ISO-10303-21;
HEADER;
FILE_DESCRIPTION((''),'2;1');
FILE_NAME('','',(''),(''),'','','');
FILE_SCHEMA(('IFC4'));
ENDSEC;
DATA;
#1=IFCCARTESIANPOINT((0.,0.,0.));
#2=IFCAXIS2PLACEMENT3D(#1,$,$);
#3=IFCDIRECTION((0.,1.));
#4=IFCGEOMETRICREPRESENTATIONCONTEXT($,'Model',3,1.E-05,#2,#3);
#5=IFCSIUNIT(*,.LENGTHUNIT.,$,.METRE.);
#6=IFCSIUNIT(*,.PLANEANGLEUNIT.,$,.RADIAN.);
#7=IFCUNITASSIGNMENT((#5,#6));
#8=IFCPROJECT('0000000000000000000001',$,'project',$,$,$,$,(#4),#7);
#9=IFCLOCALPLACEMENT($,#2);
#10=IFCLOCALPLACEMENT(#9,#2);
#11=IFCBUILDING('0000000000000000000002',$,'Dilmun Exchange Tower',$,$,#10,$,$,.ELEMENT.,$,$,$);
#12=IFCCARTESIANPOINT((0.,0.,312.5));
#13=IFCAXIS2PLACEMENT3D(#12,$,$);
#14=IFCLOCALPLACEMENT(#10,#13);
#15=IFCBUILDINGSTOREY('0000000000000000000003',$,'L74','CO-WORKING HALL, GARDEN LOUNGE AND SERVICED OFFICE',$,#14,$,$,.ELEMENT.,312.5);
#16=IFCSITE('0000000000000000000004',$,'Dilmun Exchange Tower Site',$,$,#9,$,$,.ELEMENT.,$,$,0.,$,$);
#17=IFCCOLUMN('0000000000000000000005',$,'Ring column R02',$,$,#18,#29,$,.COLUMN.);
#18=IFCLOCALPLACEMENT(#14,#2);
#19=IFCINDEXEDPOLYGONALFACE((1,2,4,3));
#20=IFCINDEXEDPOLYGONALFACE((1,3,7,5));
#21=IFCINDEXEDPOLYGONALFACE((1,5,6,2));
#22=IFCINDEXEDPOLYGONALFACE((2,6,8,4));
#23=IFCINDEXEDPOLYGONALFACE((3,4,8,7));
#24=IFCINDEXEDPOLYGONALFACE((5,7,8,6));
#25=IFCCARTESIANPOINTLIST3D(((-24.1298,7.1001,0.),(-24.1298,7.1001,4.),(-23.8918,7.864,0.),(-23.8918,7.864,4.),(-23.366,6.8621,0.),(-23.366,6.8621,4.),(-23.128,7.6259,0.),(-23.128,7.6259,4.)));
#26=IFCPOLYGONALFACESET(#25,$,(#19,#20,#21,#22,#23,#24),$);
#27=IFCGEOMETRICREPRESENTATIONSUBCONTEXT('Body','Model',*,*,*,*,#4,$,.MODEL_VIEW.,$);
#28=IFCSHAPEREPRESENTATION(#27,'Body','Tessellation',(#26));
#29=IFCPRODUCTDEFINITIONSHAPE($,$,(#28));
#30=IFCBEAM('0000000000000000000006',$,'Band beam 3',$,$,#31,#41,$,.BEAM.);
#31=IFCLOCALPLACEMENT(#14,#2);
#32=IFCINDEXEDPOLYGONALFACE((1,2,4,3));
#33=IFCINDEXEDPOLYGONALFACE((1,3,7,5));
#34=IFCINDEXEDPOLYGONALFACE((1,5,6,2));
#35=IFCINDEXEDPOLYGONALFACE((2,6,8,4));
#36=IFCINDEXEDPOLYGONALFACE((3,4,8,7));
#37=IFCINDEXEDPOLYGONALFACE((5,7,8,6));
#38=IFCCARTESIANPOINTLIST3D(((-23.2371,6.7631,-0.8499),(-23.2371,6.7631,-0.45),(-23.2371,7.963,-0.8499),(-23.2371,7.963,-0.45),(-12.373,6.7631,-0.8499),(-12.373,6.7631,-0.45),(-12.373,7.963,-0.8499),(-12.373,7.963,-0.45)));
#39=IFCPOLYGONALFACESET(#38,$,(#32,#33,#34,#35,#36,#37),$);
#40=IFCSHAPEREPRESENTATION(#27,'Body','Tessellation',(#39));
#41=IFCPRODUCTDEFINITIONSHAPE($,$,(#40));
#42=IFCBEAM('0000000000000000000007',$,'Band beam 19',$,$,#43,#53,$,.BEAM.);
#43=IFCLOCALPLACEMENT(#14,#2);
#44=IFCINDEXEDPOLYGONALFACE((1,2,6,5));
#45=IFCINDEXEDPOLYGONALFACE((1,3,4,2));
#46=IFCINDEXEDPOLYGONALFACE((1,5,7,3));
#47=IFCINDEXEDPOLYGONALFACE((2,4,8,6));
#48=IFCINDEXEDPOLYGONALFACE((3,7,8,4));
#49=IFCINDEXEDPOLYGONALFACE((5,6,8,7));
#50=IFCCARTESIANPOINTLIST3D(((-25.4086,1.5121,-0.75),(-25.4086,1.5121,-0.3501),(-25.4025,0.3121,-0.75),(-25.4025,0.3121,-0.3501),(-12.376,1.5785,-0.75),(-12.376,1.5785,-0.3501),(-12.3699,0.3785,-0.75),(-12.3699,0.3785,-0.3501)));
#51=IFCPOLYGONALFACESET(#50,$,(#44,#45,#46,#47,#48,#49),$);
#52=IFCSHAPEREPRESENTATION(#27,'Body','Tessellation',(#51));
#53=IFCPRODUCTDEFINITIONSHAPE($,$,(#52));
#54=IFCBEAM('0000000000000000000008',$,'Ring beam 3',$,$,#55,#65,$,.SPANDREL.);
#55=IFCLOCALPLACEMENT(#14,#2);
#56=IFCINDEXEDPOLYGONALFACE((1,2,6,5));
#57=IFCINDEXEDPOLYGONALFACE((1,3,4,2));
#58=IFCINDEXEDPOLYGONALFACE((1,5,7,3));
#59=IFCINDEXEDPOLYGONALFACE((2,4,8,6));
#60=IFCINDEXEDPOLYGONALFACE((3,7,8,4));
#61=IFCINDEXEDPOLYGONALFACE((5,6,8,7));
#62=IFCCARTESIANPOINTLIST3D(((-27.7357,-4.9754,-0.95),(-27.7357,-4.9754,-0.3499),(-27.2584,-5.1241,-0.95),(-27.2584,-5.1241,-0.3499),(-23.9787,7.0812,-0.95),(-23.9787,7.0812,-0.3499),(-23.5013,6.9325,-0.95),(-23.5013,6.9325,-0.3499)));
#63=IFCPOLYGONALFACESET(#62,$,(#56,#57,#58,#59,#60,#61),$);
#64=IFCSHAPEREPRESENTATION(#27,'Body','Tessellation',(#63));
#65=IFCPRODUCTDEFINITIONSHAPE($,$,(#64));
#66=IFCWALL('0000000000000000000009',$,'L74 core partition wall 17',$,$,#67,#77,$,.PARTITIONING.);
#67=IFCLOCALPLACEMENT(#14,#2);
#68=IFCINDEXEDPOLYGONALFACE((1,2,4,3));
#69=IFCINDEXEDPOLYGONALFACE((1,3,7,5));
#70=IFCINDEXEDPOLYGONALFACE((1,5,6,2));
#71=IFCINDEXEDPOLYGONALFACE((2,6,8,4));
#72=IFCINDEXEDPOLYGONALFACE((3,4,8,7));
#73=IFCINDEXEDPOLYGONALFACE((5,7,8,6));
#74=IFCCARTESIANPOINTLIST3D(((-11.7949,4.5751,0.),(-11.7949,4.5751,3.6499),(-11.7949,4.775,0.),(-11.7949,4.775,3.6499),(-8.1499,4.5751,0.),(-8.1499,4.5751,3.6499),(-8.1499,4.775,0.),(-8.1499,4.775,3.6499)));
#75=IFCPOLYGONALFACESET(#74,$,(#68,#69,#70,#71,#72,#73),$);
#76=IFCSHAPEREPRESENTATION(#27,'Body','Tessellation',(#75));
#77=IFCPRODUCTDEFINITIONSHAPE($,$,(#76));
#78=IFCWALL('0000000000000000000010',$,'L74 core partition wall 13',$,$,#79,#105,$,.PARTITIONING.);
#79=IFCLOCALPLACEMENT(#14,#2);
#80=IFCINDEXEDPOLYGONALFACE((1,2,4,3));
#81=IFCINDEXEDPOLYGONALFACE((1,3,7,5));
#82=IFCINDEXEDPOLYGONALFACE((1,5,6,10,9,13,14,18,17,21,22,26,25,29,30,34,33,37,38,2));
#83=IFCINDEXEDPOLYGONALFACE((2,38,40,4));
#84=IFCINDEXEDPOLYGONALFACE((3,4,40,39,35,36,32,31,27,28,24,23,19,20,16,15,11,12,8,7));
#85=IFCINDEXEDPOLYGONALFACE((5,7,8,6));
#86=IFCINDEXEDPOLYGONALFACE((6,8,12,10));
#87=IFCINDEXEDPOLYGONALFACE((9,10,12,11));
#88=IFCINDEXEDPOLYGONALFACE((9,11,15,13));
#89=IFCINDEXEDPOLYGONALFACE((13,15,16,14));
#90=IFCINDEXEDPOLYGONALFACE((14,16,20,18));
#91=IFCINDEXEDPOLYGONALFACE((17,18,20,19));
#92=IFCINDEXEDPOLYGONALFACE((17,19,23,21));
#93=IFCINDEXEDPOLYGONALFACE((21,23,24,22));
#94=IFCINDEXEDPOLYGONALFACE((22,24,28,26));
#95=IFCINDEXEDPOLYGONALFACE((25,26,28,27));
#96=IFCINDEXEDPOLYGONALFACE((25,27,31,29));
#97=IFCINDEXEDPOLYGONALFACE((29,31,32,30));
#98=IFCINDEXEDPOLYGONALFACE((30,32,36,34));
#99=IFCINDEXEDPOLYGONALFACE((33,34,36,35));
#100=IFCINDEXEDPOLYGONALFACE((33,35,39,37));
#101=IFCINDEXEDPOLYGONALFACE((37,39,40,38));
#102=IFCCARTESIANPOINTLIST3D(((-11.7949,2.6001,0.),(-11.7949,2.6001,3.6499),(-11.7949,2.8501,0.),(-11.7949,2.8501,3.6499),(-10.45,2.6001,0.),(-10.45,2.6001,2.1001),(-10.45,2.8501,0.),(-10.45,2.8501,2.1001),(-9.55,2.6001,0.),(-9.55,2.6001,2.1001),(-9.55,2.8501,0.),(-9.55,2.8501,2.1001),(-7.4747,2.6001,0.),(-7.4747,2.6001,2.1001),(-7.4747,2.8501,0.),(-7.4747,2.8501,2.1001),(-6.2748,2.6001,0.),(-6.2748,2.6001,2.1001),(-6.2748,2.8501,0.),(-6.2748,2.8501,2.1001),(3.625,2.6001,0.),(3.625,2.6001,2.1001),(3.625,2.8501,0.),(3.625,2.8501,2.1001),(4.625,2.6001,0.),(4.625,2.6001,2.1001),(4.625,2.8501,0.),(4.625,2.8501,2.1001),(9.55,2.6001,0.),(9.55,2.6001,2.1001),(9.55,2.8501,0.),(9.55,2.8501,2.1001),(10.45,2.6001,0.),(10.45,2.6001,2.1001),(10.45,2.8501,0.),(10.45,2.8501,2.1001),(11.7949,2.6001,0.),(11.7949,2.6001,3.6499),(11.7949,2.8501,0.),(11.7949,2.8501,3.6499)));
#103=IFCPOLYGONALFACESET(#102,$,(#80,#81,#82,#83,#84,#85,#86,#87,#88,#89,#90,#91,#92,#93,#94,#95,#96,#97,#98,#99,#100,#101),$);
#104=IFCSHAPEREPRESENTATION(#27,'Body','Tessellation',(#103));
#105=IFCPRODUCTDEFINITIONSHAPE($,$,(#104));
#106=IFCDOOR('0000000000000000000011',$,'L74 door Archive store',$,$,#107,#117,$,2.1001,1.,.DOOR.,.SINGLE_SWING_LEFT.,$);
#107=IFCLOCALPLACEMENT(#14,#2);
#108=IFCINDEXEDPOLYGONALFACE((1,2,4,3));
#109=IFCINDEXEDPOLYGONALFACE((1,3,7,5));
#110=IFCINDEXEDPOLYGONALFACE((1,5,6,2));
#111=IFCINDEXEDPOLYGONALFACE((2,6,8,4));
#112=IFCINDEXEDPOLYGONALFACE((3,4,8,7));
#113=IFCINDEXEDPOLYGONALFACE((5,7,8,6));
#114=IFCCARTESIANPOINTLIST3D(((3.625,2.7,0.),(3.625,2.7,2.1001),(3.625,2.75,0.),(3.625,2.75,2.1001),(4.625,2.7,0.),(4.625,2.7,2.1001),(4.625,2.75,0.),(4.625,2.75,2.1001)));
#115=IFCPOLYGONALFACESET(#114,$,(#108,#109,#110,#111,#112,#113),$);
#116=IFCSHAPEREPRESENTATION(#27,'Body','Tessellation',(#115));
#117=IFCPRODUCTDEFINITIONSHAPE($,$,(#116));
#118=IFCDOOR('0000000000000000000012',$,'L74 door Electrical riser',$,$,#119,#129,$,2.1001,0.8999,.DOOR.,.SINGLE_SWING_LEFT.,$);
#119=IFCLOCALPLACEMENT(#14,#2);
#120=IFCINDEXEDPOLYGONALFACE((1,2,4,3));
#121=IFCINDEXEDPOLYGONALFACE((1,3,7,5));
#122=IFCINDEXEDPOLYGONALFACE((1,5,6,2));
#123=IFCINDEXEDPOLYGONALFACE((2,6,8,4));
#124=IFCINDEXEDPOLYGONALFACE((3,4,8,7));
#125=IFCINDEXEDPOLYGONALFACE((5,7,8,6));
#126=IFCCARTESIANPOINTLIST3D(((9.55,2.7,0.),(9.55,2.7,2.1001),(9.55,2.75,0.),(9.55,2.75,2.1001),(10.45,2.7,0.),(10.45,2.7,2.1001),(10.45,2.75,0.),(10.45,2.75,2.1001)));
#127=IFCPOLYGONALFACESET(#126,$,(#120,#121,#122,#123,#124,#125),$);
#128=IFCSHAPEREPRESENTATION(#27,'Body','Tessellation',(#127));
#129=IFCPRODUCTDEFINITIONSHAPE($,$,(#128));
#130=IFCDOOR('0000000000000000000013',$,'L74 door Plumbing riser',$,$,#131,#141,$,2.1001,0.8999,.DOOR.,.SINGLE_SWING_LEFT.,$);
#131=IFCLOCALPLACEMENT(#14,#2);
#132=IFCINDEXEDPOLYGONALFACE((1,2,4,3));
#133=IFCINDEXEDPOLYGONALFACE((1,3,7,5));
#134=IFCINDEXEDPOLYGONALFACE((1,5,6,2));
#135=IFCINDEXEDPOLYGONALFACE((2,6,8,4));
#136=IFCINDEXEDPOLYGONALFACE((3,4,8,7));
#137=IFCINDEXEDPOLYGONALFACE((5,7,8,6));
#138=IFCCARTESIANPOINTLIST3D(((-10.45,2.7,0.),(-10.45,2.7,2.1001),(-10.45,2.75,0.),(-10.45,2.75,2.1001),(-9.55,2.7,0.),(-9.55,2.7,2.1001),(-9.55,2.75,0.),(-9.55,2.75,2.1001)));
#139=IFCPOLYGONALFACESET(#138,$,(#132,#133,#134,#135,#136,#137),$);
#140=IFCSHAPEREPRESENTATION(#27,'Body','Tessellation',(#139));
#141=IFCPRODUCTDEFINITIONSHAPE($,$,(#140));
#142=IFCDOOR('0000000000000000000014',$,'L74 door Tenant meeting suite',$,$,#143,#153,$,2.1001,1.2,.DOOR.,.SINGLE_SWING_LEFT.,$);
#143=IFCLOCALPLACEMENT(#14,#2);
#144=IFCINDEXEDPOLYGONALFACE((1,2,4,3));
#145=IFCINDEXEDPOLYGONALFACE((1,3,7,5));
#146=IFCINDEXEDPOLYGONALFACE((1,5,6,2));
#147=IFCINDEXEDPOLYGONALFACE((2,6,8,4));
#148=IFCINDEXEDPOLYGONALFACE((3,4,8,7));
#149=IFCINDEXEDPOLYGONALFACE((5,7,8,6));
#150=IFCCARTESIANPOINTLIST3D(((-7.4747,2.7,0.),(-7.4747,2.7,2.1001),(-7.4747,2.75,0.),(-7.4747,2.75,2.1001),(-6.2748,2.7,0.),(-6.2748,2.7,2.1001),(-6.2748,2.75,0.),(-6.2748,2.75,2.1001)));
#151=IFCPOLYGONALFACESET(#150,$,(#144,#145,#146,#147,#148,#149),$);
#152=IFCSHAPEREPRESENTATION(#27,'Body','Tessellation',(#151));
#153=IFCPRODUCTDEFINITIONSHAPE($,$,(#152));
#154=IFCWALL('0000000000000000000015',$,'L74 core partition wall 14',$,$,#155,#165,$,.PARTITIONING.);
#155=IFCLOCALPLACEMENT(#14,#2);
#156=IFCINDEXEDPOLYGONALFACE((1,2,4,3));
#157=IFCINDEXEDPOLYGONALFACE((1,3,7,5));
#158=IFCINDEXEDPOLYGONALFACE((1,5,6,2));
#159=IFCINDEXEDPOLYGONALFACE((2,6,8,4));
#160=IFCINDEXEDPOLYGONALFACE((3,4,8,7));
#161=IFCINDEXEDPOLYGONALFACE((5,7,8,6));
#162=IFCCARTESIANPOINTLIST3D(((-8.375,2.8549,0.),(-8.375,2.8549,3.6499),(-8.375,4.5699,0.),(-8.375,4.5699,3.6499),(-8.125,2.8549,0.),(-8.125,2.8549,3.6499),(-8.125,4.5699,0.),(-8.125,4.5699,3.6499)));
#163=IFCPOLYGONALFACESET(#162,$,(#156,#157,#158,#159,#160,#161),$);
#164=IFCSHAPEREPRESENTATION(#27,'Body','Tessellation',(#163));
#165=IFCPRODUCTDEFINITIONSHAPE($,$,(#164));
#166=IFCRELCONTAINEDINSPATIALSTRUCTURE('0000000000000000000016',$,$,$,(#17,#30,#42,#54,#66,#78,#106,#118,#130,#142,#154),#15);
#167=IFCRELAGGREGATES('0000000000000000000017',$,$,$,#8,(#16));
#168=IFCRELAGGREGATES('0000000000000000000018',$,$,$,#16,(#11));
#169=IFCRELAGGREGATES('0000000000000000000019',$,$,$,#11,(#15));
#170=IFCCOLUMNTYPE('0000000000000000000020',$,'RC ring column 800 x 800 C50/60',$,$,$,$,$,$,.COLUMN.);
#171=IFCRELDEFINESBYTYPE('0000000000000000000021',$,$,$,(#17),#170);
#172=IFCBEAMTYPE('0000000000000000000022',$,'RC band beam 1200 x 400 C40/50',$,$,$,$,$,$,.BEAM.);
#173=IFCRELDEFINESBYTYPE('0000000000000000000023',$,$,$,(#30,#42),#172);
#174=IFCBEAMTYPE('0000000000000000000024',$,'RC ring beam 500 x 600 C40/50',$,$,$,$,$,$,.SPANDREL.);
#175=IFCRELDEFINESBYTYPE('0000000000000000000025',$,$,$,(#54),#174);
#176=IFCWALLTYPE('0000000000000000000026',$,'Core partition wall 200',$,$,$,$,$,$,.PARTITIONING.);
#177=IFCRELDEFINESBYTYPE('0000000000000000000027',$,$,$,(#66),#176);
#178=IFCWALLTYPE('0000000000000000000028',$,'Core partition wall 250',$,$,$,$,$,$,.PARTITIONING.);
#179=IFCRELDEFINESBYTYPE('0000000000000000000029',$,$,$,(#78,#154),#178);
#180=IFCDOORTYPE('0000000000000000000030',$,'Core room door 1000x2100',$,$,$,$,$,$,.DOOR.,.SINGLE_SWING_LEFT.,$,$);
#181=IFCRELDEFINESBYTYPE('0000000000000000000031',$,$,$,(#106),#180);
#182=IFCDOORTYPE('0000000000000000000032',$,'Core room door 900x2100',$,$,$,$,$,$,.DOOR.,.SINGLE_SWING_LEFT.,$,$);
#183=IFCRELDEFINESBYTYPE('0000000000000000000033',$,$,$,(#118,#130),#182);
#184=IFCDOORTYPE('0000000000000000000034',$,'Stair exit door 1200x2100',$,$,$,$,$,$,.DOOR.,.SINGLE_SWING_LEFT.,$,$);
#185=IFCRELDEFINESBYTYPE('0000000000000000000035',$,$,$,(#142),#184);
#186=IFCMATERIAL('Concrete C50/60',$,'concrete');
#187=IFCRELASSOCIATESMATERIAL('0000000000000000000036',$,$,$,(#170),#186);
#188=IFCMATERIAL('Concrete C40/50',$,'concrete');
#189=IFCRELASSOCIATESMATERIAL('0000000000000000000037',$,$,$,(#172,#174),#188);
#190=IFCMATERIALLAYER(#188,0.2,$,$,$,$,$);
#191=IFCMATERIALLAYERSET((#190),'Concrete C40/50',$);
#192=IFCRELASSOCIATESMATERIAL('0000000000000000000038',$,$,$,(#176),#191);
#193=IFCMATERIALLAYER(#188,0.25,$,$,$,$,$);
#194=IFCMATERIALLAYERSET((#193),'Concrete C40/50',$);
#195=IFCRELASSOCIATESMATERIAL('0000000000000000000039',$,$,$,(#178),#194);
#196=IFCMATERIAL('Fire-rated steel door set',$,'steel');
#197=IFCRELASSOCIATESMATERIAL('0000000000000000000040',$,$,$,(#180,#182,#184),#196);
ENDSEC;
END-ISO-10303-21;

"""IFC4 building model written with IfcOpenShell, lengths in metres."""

from ifc_helpers import new_model, si_unit, direction, frame, frame_2d, origin, origin_2d, place, context, subcontext, project, spatial, rectangle, extrude, material, layer, layer_set, material_profile, profile_set, type_object, element, fill, save


model = new_model("IFC4")

# Units and contexts
model_context = context("Model", 3, precision=1e-05, world=origin(), true_north=direction((0.0, 1.0)))
body_context = subcontext(model_context, "Body", "Model", "MODEL_VIEW")
ifc_project = project(units=[si_unit("LENGTHUNIT", "METRE"), si_unit("PLANEANGLEUNIT", "RADIAN")], contexts=[model_context])

# Site, building, storey
site_placement = place(None, origin())
site = spatial("IfcSite", under=ifc_project, at=site_placement, Name="Dilmun Exchange Tower Site", CompositionType="ELEMENT", RefElevation=0.0)
building_placement = place(site_placement, origin())
building = spatial("IfcBuilding", under=site, at=building_placement, Name="Dilmun Exchange Tower", CompositionType="ELEMENT")
storey_placement = place(building_placement, frame((0.0, 0.0, 312.5)))
storey = spatial("IfcBuildingStorey", under=building, at=storey_placement, Name="L74", Description="CO-WORKING HALL, GARDEN LOUNGE AND SERVICED OFFICE", CompositionType="ELEMENT", Elevation=312.5)

# Column
ifc_material_1 = material(Name="Concrete C50/60", Category="concrete")
ifc_material_profile_1 = material_profile(ifc_material_1, rectangle(XDim=0.8, YDim=0.8, at=origin_2d()), Name="800 x 800")
ifc_profile_set_1 = profile_set([ifc_material_profile_1], Name="Concrete C50/60")
column_type = type_object("IfcColumnType", Name="RC ring column 800 x 800 C50/60", PredefinedType="COLUMN", material=ifc_profile_set_1)
column_placement = place(storey_placement, frame((-23.6289, 7.363, 0.0), z_axis=(0.0, 0.0, 1.0), x_axis=(0.297503, 0.954721, 0.0)))
element("IfcColumn", 1, at=column_placement, inside=storey, type_object=column_type, Name="Ring column R02", PredefinedType="COLUMN", context=body_context, shape_type="SweptSolid", body=[
    extrude(rectangle(XDim=0.8, YDim=0.8, at=origin_2d()), origin(), (0.0, 0.0, 1.0), 4.0),
])

# Beams
ifc_material_2 = material(Name="Concrete C40/50", Category="concrete")
ifc_material_profile_2 = material_profile(ifc_material_2, rectangle(XDim=1.2, YDim=0.3999, at=origin_2d()), Name="1200 x 400")
ifc_profile_set_2 = profile_set([ifc_material_profile_2], Name="Concrete C40/50")
beam_type_1 = type_object("IfcBeamType", Name="RC band beam 1200 x 400 C40/50", PredefinedType="BEAM", material=ifc_profile_set_2)
beam_1_placement = place(storey_placement, frame((-23.2371, 7.363, -0.6499), z_axis=(1.0, 0.0, 0.0), x_axis=(0.0, 1.0, 0.0)))
element("IfcBeam", 2, at=beam_1_placement, inside=storey, type_object=beam_type_1, Name="Band beam 3", PredefinedType="BEAM", context=body_context, shape_type="SweptSolid", body=[
    extrude(rectangle(XDim=1.2, YDim=0.3999, at=origin_2d()), origin(), (0.0, 0.0, 1.0), 10.864),
])
beam_2_placement = place(storey_placement, frame((-25.4055, 0.9121, -0.55), z_axis=(0.999987, 0.005095, 0.0), x_axis=(-0.005095, 0.999987, 0.0)))
element("IfcBeam", 3, at=beam_2_placement, inside=storey, type_object=beam_type_1, Name="Band beam 19", PredefinedType="BEAM", context=body_context, shape_type="SweptSolid", body=[
    extrude(rectangle(XDim=1.2, YDim=0.3999, at=origin_2d()), origin(), (0.0, 0.0, 1.0), 13.0327),
])
ifc_material_profile_3 = material_profile(ifc_material_2, rectangle(XDim=0.5, YDim=0.6001, at=origin_2d()), Name="500 x 600")
ifc_profile_set_3 = profile_set([ifc_material_profile_3], Name="Concrete C40/50")
beam_type_2 = type_object("IfcBeamType", Name="RC ring beam 500 x 600 C40/50", PredefinedType="SPANDREL", material=ifc_profile_set_3)
beam_3_placement = place(storey_placement, frame((-23.74, 7.0068, -0.6499), z_axis=(-0.297509, -0.954719, 0.0), x_axis=(0.954719, -0.297509, 0.0)))
element("IfcBeam", 4, at=beam_3_placement, inside=storey, type_object=beam_type_2, Name="Ring beam 3", PredefinedType="SPANDREL", context=body_context, shape_type="SweptSolid", body=[
    extrude(rectangle(XDim=0.5, YDim=0.6001, at=origin_2d()), origin(), (0.0, 0.0, 1.0), 12.6284),
])

# Wall
ifc_layer_1 = layer(ifc_material_2, 0.2)
ifc_layer_set_1 = layer_set([ifc_layer_1], Name="Concrete C40/50")
wall_type_1 = type_object("IfcWallType", Name="Core partition wall 200", PredefinedType="PARTITIONING", material=ifc_layer_set_1)
wall_1_placement = place(storey_placement, frame((-11.7949, 4.675, 0.0), z_axis=(0.0, 0.0, 1.0), x_axis=(1.0, 0.0, 0.0)))
element("IfcWall", 5, at=wall_1_placement, inside=storey, type_object=wall_type_1, Name="L74 core partition wall 17", PredefinedType="PARTITIONING", context=body_context, shape_type="SweptSolid", body=[
    extrude(rectangle(XDim=3.645, YDim=0.2, at=frame_2d((1.8225, 0.0))), origin(), (0.0, 0.0, 1.0), 3.6499),
])

# Wall, openings, doors
ifc_layer_2 = layer(ifc_material_2, 0.25)
ifc_layer_set_2 = layer_set([ifc_layer_2], Name="Concrete C40/50")
wall_type_2 = type_object("IfcWallType", Name="Core partition wall 250", PredefinedType="PARTITIONING", material=ifc_layer_set_2)
wall_2_placement = place(storey_placement, frame((-11.7949, 2.7251, 0.0), z_axis=(0.0, 0.0, 1.0), x_axis=(1.0, 0.0, 0.0)))
wall_2 = element("IfcWall", 6, at=wall_2_placement, inside=storey, type_object=wall_type_2, Name="L74 core partition wall 13", PredefinedType="PARTITIONING", context=body_context, shape_type="SweptSolid", body=[
    extrude(rectangle(XDim=23.5898, YDim=0.25, at=frame_2d((11.7949, 0.0))), origin(), (0.0, 0.0, 1.0), 3.6499),
])
opening_1_placement = place(wall_2_placement, frame((21.345, 0.0, 0.0)))
opening_1 = element("IfcOpeningElement", 7, at=opening_1_placement, cuts=wall_2, PredefinedType="OPENING", context=body_context, shape_type="SweptSolid", body=[
    extrude(rectangle(XDim=0.8999, YDim=2.1001, at=frame_2d((0.45, 1.05))), frame((0.0, 0.135, 0.0), z_axis=(0.0, -1.0, 0.0), x_axis=(1.0, 0.0, 0.0)), (0.0, 0.0, 1.0), 0.27),
])
opening_2_placement = place(wall_2_placement, frame((1.345, 0.0, 0.0)))
opening_2 = element("IfcOpeningElement", 8, at=opening_2_placement, cuts=wall_2, PredefinedType="OPENING", context=body_context, shape_type="SweptSolid", body=[
    extrude(rectangle(XDim=0.8999, YDim=2.1001, at=frame_2d((0.45, 1.05))), frame((0.0, 0.135, 0.0), z_axis=(0.0, -1.0, 0.0), x_axis=(1.0, 0.0, 0.0)), (0.0, 0.0, 1.0), 0.27),
])
opening_3_placement = place(wall_2_placement, frame((4.3201, 0.0, 0.0)))
opening_3 = element("IfcOpeningElement", 9, at=opening_3_placement, cuts=wall_2, PredefinedType="OPENING", context=body_context, shape_type="SweptSolid", body=[
    extrude(rectangle(XDim=1.2, YDim=2.1001, at=frame_2d((0.6001, 1.05))), frame((0.0, 0.135, 0.0), z_axis=(0.0, -1.0, 0.0), x_axis=(1.0, 0.0, 0.0)), (0.0, 0.0, 1.0), 0.27),
])
opening_4_placement = place(wall_2_placement, frame((15.4199, 0.0, 0.0)))
opening_4 = element("IfcOpeningElement", 10, at=opening_4_placement, cuts=wall_2, PredefinedType="OPENING", context=body_context, shape_type="SweptSolid", body=[
    extrude(rectangle(XDim=1.0, YDim=2.1001, at=frame_2d((0.5, 1.05))), frame((0.0, 0.135, 0.0), z_axis=(0.0, -1.0, 0.0), x_axis=(1.0, 0.0, 0.0)), (0.0, 0.0, 1.0), 0.27),
])
ifc_material_3 = material(Name="Fire-rated steel door set", Category="steel")
door_type_1 = type_object("IfcDoorType", Name="Core room door 1000x2100", OperationType="SINGLE_SWING_LEFT", PredefinedType="DOOR", material=ifc_material_3)
door_1_placement = place(opening_4_placement, origin())
door_1 = element("IfcDoor", 11, at=door_1_placement, inside=storey, type_object=door_type_1, Name="L74 door Archive store", OperationType="SINGLE_SWING_LEFT", OverallHeight=2.1001, OverallWidth=1.0, PredefinedType="DOOR", context=body_context, shape_type="SweptSolid", body=[
    extrude(rectangle(XDim=1.0, YDim=2.1001, at=frame_2d((0.5, 1.05))), frame((0.0, 0.0249, 0.0), z_axis=(0.0, -1.0, 0.0), x_axis=(1.0, 0.0, 0.0)), (0.0, 0.0, 1.0), 0.05),
])
fill(opening_4, door_1)
door_type_2 = type_object("IfcDoorType", Name="Core room door 900x2100", OperationType="SINGLE_SWING_LEFT", PredefinedType="DOOR", material=ifc_material_3)
door_2_placement = place(opening_1_placement, origin())
door_2 = element("IfcDoor", 12, at=door_2_placement, inside=storey, type_object=door_type_2, Name="L74 door Electrical riser", OperationType="SINGLE_SWING_LEFT", OverallHeight=2.1001, OverallWidth=0.8999, PredefinedType="DOOR", context=body_context, shape_type="SweptSolid", body=[
    extrude(rectangle(XDim=0.8999, YDim=2.1001, at=frame_2d((0.45, 1.05))), frame((0.0, 0.0249, 0.0), z_axis=(0.0, -1.0, 0.0), x_axis=(1.0, 0.0, 0.0)), (0.0, 0.0, 1.0), 0.05),
])
fill(opening_1, door_2)
door_3_placement = place(opening_2_placement, origin())
door_3 = element("IfcDoor", 13, at=door_3_placement, inside=storey, type_object=door_type_2, Name="L74 door Plumbing riser", OperationType="SINGLE_SWING_LEFT", OverallHeight=2.1001, OverallWidth=0.8999, PredefinedType="DOOR", context=body_context, shape_type="SweptSolid", body=[
    extrude(rectangle(XDim=0.8999, YDim=2.1001, at=frame_2d((0.45, 1.05))), frame((0.0, 0.0249, 0.0), z_axis=(0.0, -1.0, 0.0), x_axis=(1.0, 0.0, 0.0)), (0.0, 0.0, 1.0), 0.05),
])
fill(opening_2, door_3)
door_type_3 = type_object("IfcDoorType", Name="Stair exit door 1200x2100", OperationType="SINGLE_SWING_LEFT", PredefinedType="DOOR", material=ifc_material_3)
door_4_placement = place(opening_3_placement, origin())
door_4 = element("IfcDoor", 14, at=door_4_placement, inside=storey, type_object=door_type_3, Name="L74 door Tenant meeting suite", OperationType="SINGLE_SWING_LEFT", OverallHeight=2.1001, OverallWidth=1.2, PredefinedType="DOOR", context=body_context, shape_type="SweptSolid", body=[
    extrude(rectangle(XDim=1.2, YDim=2.1001, at=frame_2d((0.6001, 1.05))), frame((0.0, 0.0249, 0.0), z_axis=(0.0, -1.0, 0.0), x_axis=(1.0, 0.0, 0.0)), (0.0, 0.0, 1.0), 0.05),
])
fill(opening_3, door_4)

# Wall
wall_3_placement = place(storey_placement, frame((-8.25, 2.855, 0.0), z_axis=(0.0, 0.0, 1.0), x_axis=(0.0, 1.0, 0.0)))
element("IfcWall", 15, at=wall_3_placement, inside=storey, type_object=wall_type_2, Name="L74 core partition wall 14", PredefinedType="PARTITIONING", context=body_context, shape_type="SweptSolid", body=[
    extrude(rectangle(XDim=1.7151, YDim=0.25, at=frame_2d((0.8574, 0.0))), origin(), (0.0, 0.0, 1.0), 3.6499),
])

save(model, "model.ifc")
